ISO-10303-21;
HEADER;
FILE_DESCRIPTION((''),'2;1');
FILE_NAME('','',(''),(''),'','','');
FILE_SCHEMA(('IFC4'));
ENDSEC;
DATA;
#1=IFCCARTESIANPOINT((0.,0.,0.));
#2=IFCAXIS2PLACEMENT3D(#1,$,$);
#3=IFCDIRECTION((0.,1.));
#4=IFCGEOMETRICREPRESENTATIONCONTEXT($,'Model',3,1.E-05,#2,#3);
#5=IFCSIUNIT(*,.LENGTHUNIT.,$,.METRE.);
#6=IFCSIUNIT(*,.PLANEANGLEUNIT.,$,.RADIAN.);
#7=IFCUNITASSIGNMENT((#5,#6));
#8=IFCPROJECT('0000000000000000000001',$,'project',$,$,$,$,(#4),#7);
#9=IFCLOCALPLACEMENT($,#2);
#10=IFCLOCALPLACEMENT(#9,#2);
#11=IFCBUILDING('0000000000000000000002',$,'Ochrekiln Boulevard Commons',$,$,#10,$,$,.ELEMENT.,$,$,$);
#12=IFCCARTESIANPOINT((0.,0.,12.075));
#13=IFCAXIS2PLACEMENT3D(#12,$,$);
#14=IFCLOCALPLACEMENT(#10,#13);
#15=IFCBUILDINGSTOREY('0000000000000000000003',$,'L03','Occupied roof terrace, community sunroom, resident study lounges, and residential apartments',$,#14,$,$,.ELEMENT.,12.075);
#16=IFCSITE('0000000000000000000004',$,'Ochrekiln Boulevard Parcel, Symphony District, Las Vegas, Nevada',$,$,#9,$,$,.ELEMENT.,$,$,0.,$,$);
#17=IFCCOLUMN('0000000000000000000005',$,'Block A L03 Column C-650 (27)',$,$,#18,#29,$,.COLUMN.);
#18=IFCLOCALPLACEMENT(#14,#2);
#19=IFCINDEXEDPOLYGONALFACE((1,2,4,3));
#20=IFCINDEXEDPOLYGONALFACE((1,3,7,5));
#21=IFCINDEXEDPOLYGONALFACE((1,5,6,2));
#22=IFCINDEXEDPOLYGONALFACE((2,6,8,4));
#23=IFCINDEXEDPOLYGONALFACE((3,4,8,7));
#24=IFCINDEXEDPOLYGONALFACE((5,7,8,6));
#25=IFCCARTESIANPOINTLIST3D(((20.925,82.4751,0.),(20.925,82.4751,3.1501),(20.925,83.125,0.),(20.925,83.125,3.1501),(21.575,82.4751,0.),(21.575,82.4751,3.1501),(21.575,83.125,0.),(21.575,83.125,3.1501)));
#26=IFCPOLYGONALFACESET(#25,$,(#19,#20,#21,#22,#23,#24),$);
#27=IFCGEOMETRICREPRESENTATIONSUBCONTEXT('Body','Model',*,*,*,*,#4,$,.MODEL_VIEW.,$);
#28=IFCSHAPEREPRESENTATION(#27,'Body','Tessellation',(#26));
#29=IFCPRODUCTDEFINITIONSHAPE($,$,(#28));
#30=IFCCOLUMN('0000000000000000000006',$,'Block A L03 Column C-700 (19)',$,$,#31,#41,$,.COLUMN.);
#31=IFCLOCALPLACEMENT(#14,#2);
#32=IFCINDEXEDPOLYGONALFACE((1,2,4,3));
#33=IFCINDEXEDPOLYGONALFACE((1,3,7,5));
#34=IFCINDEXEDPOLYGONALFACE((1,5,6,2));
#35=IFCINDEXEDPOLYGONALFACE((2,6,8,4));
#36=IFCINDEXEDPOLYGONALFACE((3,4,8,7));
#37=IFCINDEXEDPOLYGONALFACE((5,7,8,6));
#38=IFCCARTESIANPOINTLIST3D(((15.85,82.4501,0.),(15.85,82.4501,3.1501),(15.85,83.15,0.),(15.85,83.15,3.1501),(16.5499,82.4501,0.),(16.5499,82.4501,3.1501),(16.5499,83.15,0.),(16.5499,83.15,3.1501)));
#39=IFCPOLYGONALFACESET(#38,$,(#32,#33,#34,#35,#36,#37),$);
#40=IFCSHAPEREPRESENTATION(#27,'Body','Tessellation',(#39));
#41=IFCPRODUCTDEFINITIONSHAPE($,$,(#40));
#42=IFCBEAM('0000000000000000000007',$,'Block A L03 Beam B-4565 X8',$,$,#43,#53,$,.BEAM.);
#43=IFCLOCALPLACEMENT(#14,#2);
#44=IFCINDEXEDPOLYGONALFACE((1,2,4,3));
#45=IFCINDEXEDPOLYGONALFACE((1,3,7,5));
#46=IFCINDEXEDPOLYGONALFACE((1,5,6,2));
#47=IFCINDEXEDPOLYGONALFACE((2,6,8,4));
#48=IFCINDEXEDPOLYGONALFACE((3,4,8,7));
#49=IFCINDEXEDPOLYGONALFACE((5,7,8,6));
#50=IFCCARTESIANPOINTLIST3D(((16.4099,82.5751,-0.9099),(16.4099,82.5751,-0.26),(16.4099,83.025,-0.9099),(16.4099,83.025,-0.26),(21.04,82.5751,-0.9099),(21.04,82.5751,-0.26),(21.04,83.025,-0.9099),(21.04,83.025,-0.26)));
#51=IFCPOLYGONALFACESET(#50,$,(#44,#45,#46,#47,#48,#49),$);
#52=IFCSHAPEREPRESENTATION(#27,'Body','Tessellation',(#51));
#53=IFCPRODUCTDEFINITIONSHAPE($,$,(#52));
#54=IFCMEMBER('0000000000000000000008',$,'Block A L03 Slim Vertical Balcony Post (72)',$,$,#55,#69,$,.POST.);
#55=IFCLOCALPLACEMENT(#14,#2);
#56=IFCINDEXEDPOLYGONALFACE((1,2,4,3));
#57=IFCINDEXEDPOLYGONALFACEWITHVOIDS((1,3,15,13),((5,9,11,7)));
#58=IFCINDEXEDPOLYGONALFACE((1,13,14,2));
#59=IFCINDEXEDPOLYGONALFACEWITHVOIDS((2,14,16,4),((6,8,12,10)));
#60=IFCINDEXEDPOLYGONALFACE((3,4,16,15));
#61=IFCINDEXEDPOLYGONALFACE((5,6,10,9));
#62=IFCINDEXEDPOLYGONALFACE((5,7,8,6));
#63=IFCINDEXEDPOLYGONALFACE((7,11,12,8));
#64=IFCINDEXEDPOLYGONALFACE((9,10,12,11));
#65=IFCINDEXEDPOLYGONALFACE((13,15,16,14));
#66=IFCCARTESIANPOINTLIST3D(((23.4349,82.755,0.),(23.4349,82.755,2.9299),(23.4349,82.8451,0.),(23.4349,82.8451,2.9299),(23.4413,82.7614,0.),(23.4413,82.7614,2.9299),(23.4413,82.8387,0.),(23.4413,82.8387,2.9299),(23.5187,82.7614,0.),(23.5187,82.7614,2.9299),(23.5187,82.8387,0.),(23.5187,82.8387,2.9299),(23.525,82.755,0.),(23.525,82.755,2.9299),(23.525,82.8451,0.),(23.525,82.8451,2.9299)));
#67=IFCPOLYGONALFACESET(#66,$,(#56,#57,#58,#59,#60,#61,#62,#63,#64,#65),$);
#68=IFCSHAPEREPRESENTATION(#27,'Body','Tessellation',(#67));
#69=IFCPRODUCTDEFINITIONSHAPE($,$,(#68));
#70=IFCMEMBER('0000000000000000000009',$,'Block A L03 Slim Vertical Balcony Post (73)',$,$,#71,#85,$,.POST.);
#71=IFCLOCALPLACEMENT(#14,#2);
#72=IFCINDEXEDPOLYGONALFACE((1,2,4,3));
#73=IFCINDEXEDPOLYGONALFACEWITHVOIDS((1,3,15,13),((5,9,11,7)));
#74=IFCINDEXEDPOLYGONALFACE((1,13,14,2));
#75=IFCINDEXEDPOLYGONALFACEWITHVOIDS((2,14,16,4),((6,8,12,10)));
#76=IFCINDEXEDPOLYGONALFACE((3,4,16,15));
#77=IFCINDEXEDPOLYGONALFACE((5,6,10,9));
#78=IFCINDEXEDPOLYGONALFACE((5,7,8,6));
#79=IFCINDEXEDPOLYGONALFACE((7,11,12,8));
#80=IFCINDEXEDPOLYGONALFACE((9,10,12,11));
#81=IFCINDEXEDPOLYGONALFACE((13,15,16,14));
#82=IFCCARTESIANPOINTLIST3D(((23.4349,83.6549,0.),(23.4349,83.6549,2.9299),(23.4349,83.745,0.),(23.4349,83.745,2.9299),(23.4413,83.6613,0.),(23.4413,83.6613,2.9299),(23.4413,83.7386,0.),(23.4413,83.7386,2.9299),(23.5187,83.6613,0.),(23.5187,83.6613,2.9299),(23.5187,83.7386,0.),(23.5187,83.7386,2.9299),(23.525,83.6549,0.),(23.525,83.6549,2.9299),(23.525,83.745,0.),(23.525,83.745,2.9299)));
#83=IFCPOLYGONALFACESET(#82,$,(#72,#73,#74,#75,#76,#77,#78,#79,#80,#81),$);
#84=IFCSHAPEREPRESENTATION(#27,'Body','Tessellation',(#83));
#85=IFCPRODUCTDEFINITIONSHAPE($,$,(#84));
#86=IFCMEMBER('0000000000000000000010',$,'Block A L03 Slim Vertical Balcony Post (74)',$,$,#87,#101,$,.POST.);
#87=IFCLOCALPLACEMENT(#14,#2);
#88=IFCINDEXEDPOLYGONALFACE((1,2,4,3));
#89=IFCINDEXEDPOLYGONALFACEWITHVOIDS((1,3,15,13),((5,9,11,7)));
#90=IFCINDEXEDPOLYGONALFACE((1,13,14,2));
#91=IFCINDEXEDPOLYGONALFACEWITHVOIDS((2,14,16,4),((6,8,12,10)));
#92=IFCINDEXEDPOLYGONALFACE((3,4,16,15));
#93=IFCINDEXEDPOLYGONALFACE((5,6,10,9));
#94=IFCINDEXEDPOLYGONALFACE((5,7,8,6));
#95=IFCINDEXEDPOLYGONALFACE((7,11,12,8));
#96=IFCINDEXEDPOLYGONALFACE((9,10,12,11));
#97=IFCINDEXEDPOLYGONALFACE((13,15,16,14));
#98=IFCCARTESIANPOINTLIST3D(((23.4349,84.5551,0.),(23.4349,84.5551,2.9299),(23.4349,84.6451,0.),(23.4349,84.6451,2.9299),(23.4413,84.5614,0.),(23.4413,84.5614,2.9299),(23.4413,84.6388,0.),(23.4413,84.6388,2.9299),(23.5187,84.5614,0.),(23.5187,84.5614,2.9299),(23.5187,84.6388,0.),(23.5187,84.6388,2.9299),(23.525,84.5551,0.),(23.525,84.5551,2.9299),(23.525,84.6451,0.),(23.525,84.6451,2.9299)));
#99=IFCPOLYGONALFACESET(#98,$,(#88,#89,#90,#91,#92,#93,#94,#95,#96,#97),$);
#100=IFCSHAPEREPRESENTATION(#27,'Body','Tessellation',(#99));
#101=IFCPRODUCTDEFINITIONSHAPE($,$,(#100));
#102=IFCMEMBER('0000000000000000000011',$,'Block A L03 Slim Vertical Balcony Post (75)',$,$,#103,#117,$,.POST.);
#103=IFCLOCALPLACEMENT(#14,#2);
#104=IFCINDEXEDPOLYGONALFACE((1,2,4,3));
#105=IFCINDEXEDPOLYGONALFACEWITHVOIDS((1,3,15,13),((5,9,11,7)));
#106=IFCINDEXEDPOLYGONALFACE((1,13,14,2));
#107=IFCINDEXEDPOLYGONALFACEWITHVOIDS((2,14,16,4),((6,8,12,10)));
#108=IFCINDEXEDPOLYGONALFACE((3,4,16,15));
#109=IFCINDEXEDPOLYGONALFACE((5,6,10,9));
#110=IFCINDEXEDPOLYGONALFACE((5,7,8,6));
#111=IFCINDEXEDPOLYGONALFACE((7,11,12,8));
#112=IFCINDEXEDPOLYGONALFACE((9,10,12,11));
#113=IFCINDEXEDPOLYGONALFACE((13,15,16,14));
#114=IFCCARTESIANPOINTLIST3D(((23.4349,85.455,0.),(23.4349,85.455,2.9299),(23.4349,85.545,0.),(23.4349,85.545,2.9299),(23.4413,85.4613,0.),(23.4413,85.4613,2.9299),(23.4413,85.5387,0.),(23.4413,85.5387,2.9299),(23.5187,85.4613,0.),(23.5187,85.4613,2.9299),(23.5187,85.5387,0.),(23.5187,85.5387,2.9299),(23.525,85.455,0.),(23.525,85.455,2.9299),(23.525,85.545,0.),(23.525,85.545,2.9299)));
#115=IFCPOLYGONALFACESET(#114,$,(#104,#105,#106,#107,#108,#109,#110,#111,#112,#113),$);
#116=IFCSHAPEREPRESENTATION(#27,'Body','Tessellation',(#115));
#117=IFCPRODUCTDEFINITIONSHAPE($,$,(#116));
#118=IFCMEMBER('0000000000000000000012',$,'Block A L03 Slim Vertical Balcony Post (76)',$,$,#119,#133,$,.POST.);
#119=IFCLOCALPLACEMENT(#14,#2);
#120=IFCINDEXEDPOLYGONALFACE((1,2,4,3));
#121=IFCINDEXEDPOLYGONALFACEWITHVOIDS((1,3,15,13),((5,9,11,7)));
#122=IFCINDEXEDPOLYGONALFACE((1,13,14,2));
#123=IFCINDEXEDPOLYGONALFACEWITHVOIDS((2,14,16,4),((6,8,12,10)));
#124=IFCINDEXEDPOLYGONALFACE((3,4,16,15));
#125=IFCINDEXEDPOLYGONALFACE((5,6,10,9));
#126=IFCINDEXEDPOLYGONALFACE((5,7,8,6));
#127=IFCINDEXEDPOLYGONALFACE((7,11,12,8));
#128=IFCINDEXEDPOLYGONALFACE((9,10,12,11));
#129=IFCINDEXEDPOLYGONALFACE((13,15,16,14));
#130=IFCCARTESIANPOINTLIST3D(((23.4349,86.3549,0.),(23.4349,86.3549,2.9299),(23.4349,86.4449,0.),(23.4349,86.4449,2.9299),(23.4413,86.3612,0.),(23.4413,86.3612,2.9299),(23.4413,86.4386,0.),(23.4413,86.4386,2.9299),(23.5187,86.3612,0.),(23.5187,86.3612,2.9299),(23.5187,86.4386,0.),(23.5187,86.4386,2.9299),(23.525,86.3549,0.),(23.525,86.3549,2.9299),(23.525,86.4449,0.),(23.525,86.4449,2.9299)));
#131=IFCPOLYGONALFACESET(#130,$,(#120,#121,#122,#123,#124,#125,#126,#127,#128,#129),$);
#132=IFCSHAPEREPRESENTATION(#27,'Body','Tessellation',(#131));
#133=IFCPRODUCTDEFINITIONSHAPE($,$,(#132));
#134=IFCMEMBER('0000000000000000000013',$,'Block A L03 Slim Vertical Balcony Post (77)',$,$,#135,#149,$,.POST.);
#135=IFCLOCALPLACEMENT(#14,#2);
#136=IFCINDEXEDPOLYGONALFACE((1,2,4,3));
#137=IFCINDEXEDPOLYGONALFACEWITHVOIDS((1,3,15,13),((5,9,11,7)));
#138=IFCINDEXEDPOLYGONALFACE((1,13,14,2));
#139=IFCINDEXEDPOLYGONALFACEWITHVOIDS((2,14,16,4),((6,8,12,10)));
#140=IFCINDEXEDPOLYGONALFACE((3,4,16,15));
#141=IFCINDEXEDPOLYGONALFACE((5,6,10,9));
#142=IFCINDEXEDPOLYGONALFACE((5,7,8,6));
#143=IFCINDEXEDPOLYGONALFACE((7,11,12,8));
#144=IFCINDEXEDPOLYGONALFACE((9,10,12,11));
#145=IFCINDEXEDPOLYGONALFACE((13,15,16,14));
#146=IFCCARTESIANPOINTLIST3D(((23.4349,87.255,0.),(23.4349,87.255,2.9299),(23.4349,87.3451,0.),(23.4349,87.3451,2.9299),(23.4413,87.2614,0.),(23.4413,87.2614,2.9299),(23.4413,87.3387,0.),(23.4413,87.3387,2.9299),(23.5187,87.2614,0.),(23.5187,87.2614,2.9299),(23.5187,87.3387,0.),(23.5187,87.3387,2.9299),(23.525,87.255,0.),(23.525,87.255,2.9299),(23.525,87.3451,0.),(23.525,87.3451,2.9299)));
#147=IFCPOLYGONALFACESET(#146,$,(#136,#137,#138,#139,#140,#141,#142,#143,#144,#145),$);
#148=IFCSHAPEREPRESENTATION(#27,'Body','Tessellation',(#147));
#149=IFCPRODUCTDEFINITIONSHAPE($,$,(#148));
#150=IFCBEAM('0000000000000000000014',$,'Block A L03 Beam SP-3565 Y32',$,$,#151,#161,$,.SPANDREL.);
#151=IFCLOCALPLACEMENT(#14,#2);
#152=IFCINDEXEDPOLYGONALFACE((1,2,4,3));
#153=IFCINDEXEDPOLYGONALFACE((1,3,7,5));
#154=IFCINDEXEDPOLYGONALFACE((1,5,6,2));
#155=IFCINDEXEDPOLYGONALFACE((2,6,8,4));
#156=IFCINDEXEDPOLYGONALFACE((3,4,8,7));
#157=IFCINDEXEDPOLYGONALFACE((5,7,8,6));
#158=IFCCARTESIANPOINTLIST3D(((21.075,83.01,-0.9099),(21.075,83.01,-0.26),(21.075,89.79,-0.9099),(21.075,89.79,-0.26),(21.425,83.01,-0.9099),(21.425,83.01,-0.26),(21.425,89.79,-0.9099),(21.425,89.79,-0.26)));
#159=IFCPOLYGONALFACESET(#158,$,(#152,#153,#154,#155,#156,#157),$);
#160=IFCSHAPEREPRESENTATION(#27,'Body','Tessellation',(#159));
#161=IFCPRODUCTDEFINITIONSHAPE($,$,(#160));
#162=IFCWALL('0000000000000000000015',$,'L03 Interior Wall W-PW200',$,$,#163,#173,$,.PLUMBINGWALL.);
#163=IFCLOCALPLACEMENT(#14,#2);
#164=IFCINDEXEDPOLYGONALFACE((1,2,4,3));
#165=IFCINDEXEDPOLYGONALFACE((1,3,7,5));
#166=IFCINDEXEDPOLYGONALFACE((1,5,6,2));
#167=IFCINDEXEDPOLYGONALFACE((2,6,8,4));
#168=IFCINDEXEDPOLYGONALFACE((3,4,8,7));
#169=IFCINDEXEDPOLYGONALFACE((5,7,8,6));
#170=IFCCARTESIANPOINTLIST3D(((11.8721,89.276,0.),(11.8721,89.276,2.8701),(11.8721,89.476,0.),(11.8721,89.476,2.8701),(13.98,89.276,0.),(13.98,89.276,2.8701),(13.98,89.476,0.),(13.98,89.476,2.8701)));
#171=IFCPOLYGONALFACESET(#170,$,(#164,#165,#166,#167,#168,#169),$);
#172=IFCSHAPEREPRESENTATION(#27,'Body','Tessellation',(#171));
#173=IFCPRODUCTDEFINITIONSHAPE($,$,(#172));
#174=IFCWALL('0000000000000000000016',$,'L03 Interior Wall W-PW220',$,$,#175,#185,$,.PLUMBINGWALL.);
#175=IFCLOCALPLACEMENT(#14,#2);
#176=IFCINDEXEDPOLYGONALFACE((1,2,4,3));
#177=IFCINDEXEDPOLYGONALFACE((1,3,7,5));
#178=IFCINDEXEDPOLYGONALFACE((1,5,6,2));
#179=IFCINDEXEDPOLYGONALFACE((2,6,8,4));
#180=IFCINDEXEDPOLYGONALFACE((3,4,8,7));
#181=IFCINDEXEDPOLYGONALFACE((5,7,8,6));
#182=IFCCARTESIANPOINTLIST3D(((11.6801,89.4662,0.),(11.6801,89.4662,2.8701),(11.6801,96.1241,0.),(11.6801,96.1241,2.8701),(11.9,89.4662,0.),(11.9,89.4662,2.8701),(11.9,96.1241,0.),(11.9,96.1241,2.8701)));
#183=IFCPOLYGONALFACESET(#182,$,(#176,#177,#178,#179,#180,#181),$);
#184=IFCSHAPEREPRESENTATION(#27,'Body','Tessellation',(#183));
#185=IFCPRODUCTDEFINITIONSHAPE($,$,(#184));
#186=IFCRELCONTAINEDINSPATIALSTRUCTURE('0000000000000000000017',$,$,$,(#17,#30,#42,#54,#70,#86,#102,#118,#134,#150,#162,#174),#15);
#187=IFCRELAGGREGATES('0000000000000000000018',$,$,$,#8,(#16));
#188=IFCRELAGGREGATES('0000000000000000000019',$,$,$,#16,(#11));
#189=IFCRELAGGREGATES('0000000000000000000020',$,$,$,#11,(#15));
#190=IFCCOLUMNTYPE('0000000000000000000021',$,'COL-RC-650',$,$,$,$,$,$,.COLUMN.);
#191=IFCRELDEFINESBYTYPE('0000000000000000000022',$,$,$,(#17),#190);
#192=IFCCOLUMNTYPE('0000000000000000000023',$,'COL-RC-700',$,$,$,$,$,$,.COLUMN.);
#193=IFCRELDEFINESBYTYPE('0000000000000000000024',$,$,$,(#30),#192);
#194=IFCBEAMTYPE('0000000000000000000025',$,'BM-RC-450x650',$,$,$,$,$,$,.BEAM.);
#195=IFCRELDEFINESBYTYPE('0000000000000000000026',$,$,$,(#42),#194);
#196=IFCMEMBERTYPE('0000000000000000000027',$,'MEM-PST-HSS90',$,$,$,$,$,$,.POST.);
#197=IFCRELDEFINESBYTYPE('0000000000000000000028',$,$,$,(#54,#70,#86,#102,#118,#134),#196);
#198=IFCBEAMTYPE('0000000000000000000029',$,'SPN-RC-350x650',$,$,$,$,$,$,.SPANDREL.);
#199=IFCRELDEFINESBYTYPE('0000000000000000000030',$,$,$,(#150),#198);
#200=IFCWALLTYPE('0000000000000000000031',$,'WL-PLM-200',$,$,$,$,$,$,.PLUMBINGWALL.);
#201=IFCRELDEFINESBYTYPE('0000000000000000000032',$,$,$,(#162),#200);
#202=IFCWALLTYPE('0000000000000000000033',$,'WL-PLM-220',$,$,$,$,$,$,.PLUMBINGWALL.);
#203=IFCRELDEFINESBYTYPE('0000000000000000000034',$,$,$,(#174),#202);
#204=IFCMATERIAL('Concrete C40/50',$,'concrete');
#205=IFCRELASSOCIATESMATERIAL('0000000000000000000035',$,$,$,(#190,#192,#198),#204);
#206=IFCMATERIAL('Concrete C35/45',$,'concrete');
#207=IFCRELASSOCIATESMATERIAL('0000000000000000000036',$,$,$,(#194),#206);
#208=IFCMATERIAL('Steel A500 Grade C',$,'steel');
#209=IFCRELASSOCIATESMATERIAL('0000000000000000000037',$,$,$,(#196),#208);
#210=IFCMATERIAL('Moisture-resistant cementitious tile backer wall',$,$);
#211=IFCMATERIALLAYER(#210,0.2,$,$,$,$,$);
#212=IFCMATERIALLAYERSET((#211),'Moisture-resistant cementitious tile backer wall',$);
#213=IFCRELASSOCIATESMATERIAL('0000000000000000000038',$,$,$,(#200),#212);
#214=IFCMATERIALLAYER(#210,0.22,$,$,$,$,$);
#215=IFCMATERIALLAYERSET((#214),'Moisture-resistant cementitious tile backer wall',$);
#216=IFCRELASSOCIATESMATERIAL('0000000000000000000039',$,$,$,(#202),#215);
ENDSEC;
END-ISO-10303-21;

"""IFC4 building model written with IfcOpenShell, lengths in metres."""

from ifc_helpers import new_model, si_unit, direction, frame, frame_2d, origin, origin_2d, place, context, subcontext, project, spatial, rectangle, hollow_rectangle, extrude, material, layer, layer_set, material_profile, profile_set, type_object, element, save


model = new_model("IFC4")

# Units and contexts
model_context = context("Model", 3, precision=1e-05, world=origin(), true_north=direction((0.0, 1.0)))
body_context = subcontext(model_context, "Body", "Model", "MODEL_VIEW")
ifc_project = project(units=[si_unit("LENGTHUNIT", "METRE"), si_unit("PLANEANGLEUNIT", "RADIAN")], contexts=[model_context])

# Site, building, storey
site_placement = place(None, origin())
site = spatial("IfcSite", under=ifc_project, at=site_placement, Name="Ochrekiln Boulevard Parcel, Symphony District, Las Vegas, Nevada", CompositionType="ELEMENT", RefElevation=0.0)
building_placement = place(site_placement, origin())
building = spatial("IfcBuilding", under=site, at=building_placement, Name="Ochrekiln Boulevard Commons", CompositionType="ELEMENT")
storey_placement = place(building_placement, frame((0.0, 0.0, 12.075)))
storey = spatial("IfcBuildingStorey", under=building, at=storey_placement, Name="L03", Description="Occupied roof terrace, community sunroom, resident study lounges, and residential apartments", CompositionType="ELEMENT", Elevation=12.075)

# Columns
ifc_material_1 = material(Name="Concrete C40/50", Category="concrete")
ifc_material_profile_1 = material_profile(ifc_material_1, rectangle(XDim=0.6499, YDim=0.6499, at=origin_2d()), Name="RC-COL-650x650")
ifc_profile_set_1 = profile_set([ifc_material_profile_1], Name="Concrete C40/50")
column_type_1 = type_object("IfcColumnType", Name="COL-RC-650", PredefinedType="COLUMN", material=ifc_profile_set_1)
column_1_placement = place(storey_placement, frame((21.25, 82.8, 0.0), z_axis=(0.0, 0.0, 1.0), x_axis=(1.0, 0.0, 0.0)))
element("IfcColumn", 1, at=column_1_placement, inside=storey, type_object=column_type_1, Name="Block A L03 Column C-650 (27)", PredefinedType="COLUMN", context=body_context, shape_type="SweptSolid", body=[
    extrude(rectangle(XDim=0.6499, YDim=0.6499, at=origin_2d()), origin(), (0.0, 0.0, 1.0), 3.1501),
])
ifc_material_profile_2 = material_profile(ifc_material_1, rectangle(XDim=0.7, YDim=0.7, at=origin_2d()), Name="RC-COL-700x700")
ifc_profile_set_2 = profile_set([ifc_material_profile_2], Name="Concrete C40/50")
column_type_2 = type_object("IfcColumnType", Name="COL-RC-700", PredefinedType="COLUMN", material=ifc_profile_set_2)
column_2_placement = place(storey_placement, frame((16.2, 82.8, 0.0), z_axis=(0.0, 0.0, 1.0), x_axis=(1.0, 0.0, 0.0)))
element("IfcColumn", 2, at=column_2_placement, inside=storey, type_object=column_type_2, Name="Block A L03 Column C-700 (19)", PredefinedType="COLUMN", context=body_context, shape_type="SweptSolid", body=[
    extrude(rectangle(XDim=0.7, YDim=0.7, at=origin_2d()), origin(), (0.0, 0.0, 1.0), 3.1501),
])

# Beam
ifc_material_2 = material(Name="Concrete C35/45", Category="concrete")
ifc_material_profile_3 = material_profile(ifc_material_2, rectangle(XDim=0.45, YDim=0.6499, at=origin_2d()), Name="RC-BM-450x650")
ifc_profile_set_3 = profile_set([ifc_material_profile_3], Name="Concrete C35/45")
beam_type_1 = type_object("IfcBeamType", Name="BM-RC-450x650", PredefinedType="BEAM", material=ifc_profile_set_3)
beam_1_placement = place(storey_placement, frame((16.4099, 82.8, -0.585), z_axis=(1.0, 0.0, 0.0), x_axis=(0.0, 1.0, 0.0)))
element("IfcBeam", 3, at=beam_1_placement, inside=storey, type_object=beam_type_1, Name="Block A L03 Beam B-4565 X8", PredefinedType="BEAM", context=body_context, shape_type="SweptSolid", body=[
    extrude(rectangle(XDim=0.45, YDim=0.6499, at=origin_2d()), origin(), (0.0, 0.0, 1.0), 4.6301),
])

# Members
ifc_material_3 = material(Name="Steel A500 Grade C", Category="steel")
ifc_material_profile_4 = material_profile(ifc_material_3, hollow_rectangle(XDim=0.0901, YDim=0.0901, WallThickness=0.0063, at=origin_2d()), Name="HSS90X90X6.4")
ifc_profile_set_4 = profile_set([ifc_material_profile_4], Name="Steel A500 Grade C")
member_type = type_object("IfcMemberType", Name="MEM-PST-HSS90", PredefinedType="POST", material=ifc_profile_set_4)
for number, where, z_axis, x_axis, name in (
    (4, (23.48, 82.8, 0.0), (0.0, 0.0, 1.0), (1.0, 0.0, 0.0), "Block A L03 Slim Vertical Balcony Post (72)"),
    (5, (23.48, 83.7, 0.0), (0.0, 0.0, 1.0), (1.0, 0.0, 0.0), "Block A L03 Slim Vertical Balcony Post (73)"),
    (6, (23.48, 84.6001, 0.0), (0.0, 0.0, 1.0), (1.0, 0.0, 0.0), "Block A L03 Slim Vertical Balcony Post (74)"),
    (7, (23.48, 85.5, 0.0), (0.0, 0.0, 1.0), (1.0, 0.0, 0.0), "Block A L03 Slim Vertical Balcony Post (75)"),
    (8, (23.48, 86.3999, 0.0), (0.0, 0.0, 1.0), (1.0, 0.0, 0.0), "Block A L03 Slim Vertical Balcony Post (76)"),
    (9, (23.48, 87.3, 0.0), (0.0, 0.0, 1.0), (1.0, 0.0, 0.0), "Block A L03 Slim Vertical Balcony Post (77)"),
):
    element("IfcMember", number, at=place(storey_placement, frame(where, z_axis=z_axis, x_axis=x_axis)), inside=storey, type_object=member_type, Name=name, PredefinedType="POST", context=body_context, shape_type="SweptSolid", body=[
        extrude(hollow_rectangle(XDim=0.0901, YDim=0.0901, WallThickness=0.0063, at=origin_2d()), origin(), (0.0, 0.0, 1.0), 2.9299),
    ])

# Beam
ifc_material_profile_5 = material_profile(ifc_material_1, rectangle(XDim=0.3501, YDim=0.6499, at=origin_2d()), Name="RC-SPN-350x650")
ifc_profile_set_5 = profile_set([ifc_material_profile_5], Name="Concrete C40/50")
beam_type_2 = type_object("IfcBeamType", Name="SPN-RC-350x650", PredefinedType="SPANDREL", material=ifc_profile_set_5)
beam_2_placement = place(storey_placement, frame((21.25, 83.01, -0.585), z_axis=(0.0, 1.0, 0.0), x_axis=(-1.0, 0.0, 0.0)))
element("IfcBeam", 10, at=beam_2_placement, inside=storey, type_object=beam_type_2, Name="Block A L03 Beam SP-3565 Y32", PredefinedType="SPANDREL", context=body_context, shape_type="SweptSolid", body=[
    extrude(rectangle(XDim=0.3501, YDim=0.6499, at=origin_2d()), origin(), (0.0, 0.0, 1.0), 6.78),
])

# Walls
ifc_material_4 = material(Name="Moisture-resistant cementitious tile backer wall")
ifc_layer_1 = layer(ifc_material_4, 0.2)
ifc_layer_set_1 = layer_set([ifc_layer_1], Name="Moisture-resistant cementitious tile backer wall")
wall_type_1 = type_object("IfcWallType", Name="WL-PLM-200", PredefinedType="PLUMBINGWALL", material=ifc_layer_set_1)
wall_1_placement = place(storey_placement, frame((11.8721, 89.376, 0.0), z_axis=(0.0, 0.0, 1.0), x_axis=(1.0, 0.0, 0.0)))
element("IfcWall", 11, at=wall_1_placement, inside=storey, type_object=wall_type_1, Name="L03 Interior Wall W-PW200", PredefinedType="PLUMBINGWALL", context=body_context, shape_type="SweptSolid", body=[
    extrude(rectangle(XDim=2.1079, YDim=0.2, at=frame_2d((1.054, 0.0))), origin(), (0.0, 0.0, 1.0), 2.8701),
])
ifc_layer_2 = layer(ifc_material_4, 0.22)
ifc_layer_set_2 = layer_set([ifc_layer_2], Name="Moisture-resistant cementitious tile backer wall")
wall_type_2 = type_object("IfcWallType", Name="WL-PLM-220", PredefinedType="PLUMBINGWALL", material=ifc_layer_set_2)
wall_2_placement = place(storey_placement, frame((11.79, 89.4661, 0.0), z_axis=(0.0, 0.0, 1.0), x_axis=(0.0, 1.0, 0.0)))
element("IfcWall", 12, at=wall_2_placement, inside=storey, type_object=wall_type_2, Name="L03 Interior Wall W-PW220", PredefinedType="PLUMBINGWALL", context=body_context, shape_type="SweptSolid", body=[
    extrude(rectangle(XDim=6.658, YDim=0.22, at=frame_2d((3.3291, 0.0))), origin(), (0.0, 0.0, 1.0), 2.8701),
])

save(model, "model.ifc")
